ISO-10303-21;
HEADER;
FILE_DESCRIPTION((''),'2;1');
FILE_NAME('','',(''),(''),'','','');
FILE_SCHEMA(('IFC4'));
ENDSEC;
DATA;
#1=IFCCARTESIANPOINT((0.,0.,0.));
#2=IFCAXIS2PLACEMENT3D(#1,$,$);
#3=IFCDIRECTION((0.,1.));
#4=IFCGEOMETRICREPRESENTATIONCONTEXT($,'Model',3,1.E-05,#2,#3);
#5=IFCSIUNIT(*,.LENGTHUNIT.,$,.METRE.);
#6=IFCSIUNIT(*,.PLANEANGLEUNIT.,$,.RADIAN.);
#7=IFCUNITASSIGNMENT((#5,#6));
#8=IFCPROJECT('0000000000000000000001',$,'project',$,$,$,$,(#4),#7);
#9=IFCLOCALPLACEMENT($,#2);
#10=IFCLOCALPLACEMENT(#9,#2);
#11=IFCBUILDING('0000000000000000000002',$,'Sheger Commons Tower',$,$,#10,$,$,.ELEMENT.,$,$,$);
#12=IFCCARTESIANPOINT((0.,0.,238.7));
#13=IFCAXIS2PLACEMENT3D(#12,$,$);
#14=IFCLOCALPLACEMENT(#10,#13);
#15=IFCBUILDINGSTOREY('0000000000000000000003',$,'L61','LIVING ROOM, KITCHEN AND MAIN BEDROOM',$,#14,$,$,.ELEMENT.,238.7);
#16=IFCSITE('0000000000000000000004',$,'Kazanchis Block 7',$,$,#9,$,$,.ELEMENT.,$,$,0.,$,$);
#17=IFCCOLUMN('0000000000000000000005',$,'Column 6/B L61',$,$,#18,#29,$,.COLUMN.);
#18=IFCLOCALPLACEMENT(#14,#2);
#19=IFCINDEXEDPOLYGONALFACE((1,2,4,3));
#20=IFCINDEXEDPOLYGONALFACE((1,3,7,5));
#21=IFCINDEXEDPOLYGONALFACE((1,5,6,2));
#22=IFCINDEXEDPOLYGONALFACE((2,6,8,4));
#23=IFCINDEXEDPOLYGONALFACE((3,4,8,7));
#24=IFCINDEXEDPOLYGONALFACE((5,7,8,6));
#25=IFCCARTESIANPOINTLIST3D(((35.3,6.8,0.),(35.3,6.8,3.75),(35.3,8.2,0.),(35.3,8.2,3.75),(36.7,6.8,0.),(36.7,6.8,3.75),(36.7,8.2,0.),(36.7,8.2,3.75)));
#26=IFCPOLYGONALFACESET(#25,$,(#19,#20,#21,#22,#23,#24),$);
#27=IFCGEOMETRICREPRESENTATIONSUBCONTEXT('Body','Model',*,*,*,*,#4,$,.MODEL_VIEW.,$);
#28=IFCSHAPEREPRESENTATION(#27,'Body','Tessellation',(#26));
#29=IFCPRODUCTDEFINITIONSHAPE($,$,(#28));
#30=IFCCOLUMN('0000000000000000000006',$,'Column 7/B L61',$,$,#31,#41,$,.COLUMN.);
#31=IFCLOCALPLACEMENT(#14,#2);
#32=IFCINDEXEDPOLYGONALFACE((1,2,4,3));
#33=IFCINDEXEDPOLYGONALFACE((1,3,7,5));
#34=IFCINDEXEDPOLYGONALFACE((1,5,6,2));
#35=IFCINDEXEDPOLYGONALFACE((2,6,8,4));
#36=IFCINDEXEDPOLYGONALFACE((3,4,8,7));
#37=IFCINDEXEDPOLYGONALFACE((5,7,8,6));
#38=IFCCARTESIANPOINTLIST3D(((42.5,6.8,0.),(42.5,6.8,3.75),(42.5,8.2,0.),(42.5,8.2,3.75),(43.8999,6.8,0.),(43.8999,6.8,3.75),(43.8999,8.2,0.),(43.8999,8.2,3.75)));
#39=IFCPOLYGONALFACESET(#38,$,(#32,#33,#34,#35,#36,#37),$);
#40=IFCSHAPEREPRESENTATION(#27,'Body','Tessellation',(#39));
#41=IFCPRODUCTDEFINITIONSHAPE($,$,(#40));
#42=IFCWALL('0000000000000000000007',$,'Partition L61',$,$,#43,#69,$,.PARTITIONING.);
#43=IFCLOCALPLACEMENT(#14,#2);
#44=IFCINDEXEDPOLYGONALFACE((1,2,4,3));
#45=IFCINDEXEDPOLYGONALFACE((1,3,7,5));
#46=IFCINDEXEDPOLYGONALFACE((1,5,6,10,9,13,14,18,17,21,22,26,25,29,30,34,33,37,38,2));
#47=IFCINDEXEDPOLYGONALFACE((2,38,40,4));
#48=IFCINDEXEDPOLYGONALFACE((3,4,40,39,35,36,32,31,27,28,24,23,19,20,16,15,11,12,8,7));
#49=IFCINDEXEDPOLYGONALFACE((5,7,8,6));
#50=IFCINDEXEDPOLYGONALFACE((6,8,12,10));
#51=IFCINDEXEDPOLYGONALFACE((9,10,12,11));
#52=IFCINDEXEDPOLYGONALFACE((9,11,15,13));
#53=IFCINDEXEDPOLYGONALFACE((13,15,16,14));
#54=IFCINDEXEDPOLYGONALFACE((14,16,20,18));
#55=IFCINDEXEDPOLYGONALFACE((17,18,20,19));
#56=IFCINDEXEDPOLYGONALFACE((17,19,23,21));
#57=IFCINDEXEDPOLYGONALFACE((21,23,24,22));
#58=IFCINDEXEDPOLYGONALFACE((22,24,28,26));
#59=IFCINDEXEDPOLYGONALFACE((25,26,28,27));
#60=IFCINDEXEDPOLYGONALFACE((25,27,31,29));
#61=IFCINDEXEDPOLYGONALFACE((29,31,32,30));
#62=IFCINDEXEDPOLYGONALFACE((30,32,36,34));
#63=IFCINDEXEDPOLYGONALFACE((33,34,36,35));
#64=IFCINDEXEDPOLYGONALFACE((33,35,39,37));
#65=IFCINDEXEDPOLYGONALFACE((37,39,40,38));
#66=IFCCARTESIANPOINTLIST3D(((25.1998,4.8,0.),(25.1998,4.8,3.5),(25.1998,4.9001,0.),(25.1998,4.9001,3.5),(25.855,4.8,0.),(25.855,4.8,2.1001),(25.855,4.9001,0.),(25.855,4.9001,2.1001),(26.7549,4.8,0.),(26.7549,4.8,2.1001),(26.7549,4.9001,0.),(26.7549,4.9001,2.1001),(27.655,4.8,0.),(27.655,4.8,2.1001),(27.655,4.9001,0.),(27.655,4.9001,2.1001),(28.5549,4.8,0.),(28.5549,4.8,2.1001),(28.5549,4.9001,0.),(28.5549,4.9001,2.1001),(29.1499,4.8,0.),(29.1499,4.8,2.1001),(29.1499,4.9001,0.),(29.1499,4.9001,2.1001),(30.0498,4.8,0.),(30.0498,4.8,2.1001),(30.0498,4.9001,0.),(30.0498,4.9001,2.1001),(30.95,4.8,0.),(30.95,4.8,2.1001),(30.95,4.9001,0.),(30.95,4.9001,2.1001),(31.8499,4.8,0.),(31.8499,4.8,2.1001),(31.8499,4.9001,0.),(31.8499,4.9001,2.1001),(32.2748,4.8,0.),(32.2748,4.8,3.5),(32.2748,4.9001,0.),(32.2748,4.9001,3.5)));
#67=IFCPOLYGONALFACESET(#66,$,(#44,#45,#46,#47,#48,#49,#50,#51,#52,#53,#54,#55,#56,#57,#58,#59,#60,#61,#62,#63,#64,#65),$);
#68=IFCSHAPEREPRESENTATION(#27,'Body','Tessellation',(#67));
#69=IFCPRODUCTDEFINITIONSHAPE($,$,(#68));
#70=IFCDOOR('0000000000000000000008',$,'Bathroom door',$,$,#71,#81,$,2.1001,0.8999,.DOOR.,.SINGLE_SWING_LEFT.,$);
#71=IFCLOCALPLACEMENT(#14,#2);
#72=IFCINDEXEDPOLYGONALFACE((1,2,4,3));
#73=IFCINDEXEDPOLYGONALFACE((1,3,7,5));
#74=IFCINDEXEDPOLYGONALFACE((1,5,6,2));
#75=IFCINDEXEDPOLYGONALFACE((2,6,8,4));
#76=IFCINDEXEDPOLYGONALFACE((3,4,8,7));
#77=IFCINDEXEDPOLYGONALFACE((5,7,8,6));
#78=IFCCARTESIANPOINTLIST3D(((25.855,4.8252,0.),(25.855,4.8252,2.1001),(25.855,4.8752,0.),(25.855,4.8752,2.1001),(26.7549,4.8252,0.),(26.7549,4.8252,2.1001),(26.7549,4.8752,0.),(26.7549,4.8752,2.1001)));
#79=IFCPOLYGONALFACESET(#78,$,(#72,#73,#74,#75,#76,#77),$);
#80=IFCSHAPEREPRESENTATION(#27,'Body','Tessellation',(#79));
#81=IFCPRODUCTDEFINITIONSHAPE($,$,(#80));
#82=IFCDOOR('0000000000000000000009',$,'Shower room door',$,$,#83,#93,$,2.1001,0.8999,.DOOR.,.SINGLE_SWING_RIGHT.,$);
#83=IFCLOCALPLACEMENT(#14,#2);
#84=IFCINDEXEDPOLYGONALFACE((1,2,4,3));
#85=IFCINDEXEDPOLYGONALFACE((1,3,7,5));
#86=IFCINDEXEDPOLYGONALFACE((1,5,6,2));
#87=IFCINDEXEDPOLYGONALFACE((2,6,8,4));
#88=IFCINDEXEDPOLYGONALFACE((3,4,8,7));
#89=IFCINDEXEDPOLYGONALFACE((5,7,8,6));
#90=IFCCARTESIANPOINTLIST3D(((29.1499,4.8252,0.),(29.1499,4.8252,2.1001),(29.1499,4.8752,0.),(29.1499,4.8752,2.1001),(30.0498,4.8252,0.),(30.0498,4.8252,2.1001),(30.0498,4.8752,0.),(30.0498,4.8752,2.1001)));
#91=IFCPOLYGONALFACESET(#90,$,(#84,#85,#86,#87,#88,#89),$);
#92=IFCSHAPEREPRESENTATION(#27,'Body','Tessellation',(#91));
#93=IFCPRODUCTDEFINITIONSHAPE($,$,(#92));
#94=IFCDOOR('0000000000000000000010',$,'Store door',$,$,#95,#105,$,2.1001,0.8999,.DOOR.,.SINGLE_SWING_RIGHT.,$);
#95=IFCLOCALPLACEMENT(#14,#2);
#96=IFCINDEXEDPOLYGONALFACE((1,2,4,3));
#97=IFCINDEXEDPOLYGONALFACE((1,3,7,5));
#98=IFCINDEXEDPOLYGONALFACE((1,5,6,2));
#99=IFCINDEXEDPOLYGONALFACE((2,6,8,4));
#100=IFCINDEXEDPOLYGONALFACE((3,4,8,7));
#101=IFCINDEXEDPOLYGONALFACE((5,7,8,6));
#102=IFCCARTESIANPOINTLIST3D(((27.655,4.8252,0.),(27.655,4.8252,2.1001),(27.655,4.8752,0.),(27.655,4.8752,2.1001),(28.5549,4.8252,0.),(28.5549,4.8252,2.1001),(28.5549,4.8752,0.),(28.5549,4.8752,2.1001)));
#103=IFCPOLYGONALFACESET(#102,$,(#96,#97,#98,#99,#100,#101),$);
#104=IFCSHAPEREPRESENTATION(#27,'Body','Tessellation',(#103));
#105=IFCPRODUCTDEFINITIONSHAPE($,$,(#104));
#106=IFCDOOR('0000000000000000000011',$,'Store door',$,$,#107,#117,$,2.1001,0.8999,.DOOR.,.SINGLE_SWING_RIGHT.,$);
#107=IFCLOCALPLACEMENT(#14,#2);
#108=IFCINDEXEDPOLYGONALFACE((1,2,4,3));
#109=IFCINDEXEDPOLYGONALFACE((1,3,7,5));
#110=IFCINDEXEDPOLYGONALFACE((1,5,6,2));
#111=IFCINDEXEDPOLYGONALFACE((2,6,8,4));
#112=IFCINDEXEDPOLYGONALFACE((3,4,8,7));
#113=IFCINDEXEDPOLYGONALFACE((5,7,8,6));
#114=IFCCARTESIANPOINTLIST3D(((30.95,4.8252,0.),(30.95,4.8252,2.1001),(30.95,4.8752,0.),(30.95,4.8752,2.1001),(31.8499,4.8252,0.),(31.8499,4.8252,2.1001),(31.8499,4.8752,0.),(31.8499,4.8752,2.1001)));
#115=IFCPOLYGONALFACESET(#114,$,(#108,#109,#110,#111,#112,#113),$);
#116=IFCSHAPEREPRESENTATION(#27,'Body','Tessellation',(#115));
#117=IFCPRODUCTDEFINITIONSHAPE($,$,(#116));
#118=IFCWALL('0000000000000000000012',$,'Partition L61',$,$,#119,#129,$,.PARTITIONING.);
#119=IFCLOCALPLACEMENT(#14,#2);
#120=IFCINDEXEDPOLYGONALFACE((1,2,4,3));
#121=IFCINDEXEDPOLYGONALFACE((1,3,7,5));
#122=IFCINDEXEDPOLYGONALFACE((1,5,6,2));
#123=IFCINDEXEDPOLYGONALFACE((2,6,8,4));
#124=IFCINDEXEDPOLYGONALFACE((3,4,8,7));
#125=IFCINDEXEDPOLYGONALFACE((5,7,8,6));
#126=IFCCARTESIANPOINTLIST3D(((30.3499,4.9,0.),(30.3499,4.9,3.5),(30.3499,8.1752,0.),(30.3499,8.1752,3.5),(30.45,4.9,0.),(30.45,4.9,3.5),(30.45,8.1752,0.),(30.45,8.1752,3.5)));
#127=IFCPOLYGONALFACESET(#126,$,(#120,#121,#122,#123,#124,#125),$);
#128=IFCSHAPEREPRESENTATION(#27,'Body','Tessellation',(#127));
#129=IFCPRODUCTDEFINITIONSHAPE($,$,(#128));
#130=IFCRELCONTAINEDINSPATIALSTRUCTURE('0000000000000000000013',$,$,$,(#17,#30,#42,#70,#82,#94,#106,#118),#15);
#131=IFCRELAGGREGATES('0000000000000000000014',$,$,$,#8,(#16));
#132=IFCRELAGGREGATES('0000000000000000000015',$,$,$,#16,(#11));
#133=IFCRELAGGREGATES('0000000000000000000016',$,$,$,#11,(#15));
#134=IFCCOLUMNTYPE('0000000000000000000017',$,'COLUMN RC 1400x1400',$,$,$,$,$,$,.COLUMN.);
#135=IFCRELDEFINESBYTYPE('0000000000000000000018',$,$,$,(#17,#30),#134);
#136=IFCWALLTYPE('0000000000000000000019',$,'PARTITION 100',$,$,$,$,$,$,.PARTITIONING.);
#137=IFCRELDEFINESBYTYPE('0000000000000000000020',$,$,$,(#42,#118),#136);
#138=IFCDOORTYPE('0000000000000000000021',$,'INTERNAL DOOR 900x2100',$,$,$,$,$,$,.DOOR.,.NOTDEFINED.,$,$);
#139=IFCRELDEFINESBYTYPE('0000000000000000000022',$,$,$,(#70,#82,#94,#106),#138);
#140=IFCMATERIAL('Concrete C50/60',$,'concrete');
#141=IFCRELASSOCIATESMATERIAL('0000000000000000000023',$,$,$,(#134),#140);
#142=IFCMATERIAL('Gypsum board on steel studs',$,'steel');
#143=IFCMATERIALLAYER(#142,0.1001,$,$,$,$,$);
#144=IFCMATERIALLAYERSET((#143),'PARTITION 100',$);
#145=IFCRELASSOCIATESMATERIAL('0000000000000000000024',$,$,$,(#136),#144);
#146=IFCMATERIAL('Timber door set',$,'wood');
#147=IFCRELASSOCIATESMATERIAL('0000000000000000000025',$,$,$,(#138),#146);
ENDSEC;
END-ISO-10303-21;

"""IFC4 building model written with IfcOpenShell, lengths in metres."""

from ifc_helpers import new_model, si_unit, direction, frame, frame_2d, origin, origin_2d, place, context, subcontext, project, spatial, rectangle, extrude, material, layer, layer_set, material_profile, profile_set, type_object, element, fill, save


model = new_model("IFC4")

# Units and contexts
model_context = context("Model", 3, precision=1e-05, world=origin(), true_north=direction((0.0, 1.0)))
body_context = subcontext(model_context, "Body", "Model", "MODEL_VIEW")
ifc_project = project(units=[si_unit("LENGTHUNIT", "METRE"), si_unit("PLANEANGLEUNIT", "RADIAN")], contexts=[model_context])

# Site, building, storey
site_placement = place(None, origin())
site = spatial("IfcSite", under=ifc_project, at=site_placement, Name="Kazanchis Block 7", CompositionType="ELEMENT", RefElevation=0.0)
building_placement = place(site_placement, origin())
building = spatial("IfcBuilding", under=site, at=building_placement, Name="Sheger Commons Tower", CompositionType="ELEMENT")
storey_placement = place(building_placement, frame((0.0, 0.0, 238.7)))
storey = spatial("IfcBuildingStorey", under=building, at=storey_placement, Name="L61", Description="LIVING ROOM, KITCHEN AND MAIN BEDROOM", CompositionType="ELEMENT", Elevation=238.7)

# Columns
ifc_material_1 = material(Name="Concrete C50/60", Category="concrete")
ifc_material_profile = material_profile(ifc_material_1, rectangle(XDim=1.3999, YDim=1.3999, at=origin_2d()), Name="RC 1400x1400")
ifc_profile_set = profile_set([ifc_material_profile], Name="Concrete C50/60")
column_type = type_object("IfcColumnType", Name="COLUMN RC 1400x1400", PredefinedType="COLUMN", material=ifc_profile_set)
for number, where, z_axis, x_axis, name in (
    (1, (36.0, 7.5, 0.0), (0.0, 0.0, 1.0), (1.0, 0.0, 0.0), "Column 6/B L61"),
    (2, (43.2, 7.5, 0.0), (0.0, 0.0, 1.0), (1.0, 0.0, 0.0), "Column 7/B L61"),
):
    element("IfcColumn", number, at=place(storey_placement, frame(where, z_axis=z_axis, x_axis=x_axis)), inside=storey, type_object=column_type, Name=name, PredefinedType="COLUMN", context=body_context, shape_type="SweptSolid", body=[
        extrude(rectangle(XDim=1.3999, YDim=1.3999, at=origin_2d()), origin(), (0.0, 0.0, 1.0), 3.75),
    ])

# Wall, openings, doors
ifc_material_2 = material(Name="Gypsum board on steel studs", Category="steel")
ifc_layer = layer(ifc_material_2, 0.1001)
ifc_layer_set = layer_set([ifc_layer], Name="PARTITION 100")
wall_type = type_object("IfcWallType", Name="PARTITION 100", PredefinedType="PARTITIONING", material=ifc_layer_set)
wall_1_placement = place(storey_placement, frame((32.2749, 4.8501, 0.0), z_axis=(0.0, 0.0, 1.0), x_axis=(-1.0, 0.0, 0.0)))
wall_1 = element("IfcWall", 3, at=wall_1_placement, inside=storey, type_object=wall_type, Name="Partition L61", PredefinedType="PARTITIONING", context=body_context, shape_type="SweptSolid", body=[
    extrude(rectangle(XDim=7.075, YDim=0.1001, at=frame_2d((3.5376, 0.0))), origin(), (0.0, 0.0, 1.0), 3.5),
])
opening_1_placement = place(wall_1_placement, frame((5.52, 0.0, 0.0)))
opening_1 = element("IfcOpeningElement", 4, at=opening_1_placement, cuts=wall_1, PredefinedType="OPENING", context=body_context, shape_type="SweptSolid", body=[
    extrude(rectangle(XDim=0.8999, YDim=2.1001, at=frame_2d((0.45, 1.05))), frame((0.0, 0.0601, 0.0), z_axis=(0.0, -1.0, 0.0), x_axis=(1.0, 0.0, 0.0)), (0.0, 0.0, 1.0), 0.1201),
])
opening_2_placement = place(wall_1_placement, frame((2.2251, 0.0, 0.0)))
opening_2 = element("IfcOpeningElement", 5, at=opening_2_placement, cuts=wall_1, PredefinedType="OPENING", context=body_context, shape_type="SweptSolid", body=[
    extrude(rectangle(XDim=0.8999, YDim=2.1001, at=frame_2d((0.45, 1.05))), frame((0.0, 0.0601, 0.0), z_axis=(0.0, -1.0, 0.0), x_axis=(1.0, 0.0, 0.0)), (0.0, 0.0, 1.0), 0.1201),
])
opening_3_placement = place(wall_1_placement, frame((3.72, 0.0, 0.0)))
opening_3 = element("IfcOpeningElement", 6, at=opening_3_placement, cuts=wall_1, PredefinedType="OPENING", context=body_context, shape_type="SweptSolid", body=[
    extrude(rectangle(XDim=0.8999, YDim=2.1001, at=frame_2d((0.45, 1.05))), frame((0.0, 0.0601, 0.0), z_axis=(0.0, -1.0, 0.0), x_axis=(1.0, 0.0, 0.0)), (0.0, 0.0, 1.0), 0.1201),
])
opening_4_placement = place(wall_1_placement, frame((0.425, 0.0, 0.0)))
opening_4 = element("IfcOpeningElement", 7, at=opening_4_placement, cuts=wall_1, PredefinedType="OPENING", context=body_context, shape_type="SweptSolid", body=[
    extrude(rectangle(XDim=0.8999, YDim=2.1001, at=frame_2d((0.45, 1.05))), frame((0.0, 0.0601, 0.0), z_axis=(0.0, -1.0, 0.0), x_axis=(1.0, 0.0, 0.0)), (0.0, 0.0, 1.0), 0.1201),
])
ifc_material_3 = material(Name="Timber door set", Category="wood")
door_type = type_object("IfcDoorType", Name="INTERNAL DOOR 900x2100", OperationType="NOTDEFINED", PredefinedType="DOOR", material=ifc_material_3)
door_1_placement = place(opening_1_placement, origin())
door_1 = element("IfcDoor", 8, at=door_1_placement, inside=storey, type_object=door_type, Name="Bathroom door", OperationType="SINGLE_SWING_LEFT", OverallHeight=2.1001, OverallWidth=0.8999, PredefinedType="DOOR", context=body_context, shape_type="SweptSolid", body=[
    extrude(rectangle(XDim=0.8999, YDim=2.1001, at=frame_2d((0.45, 1.05))), frame((0.0, 0.0249, 0.0), z_axis=(0.0, -1.0, 0.0), x_axis=(1.0, 0.0, 0.0)), (0.0, 0.0, 1.0), 0.05),
])
fill(opening_1, door_1)
door_2_placement = place(opening_2_placement, origin())
door_2 = element("IfcDoor", 9, at=door_2_placement, inside=storey, type_object=door_type, Name="Shower room door", OperationType="SINGLE_SWING_RIGHT", OverallHeight=2.1001, OverallWidth=0.8999, PredefinedType="DOOR", context=body_context, shape_type="SweptSolid", body=[
    extrude(rectangle(XDim=0.8999, YDim=2.1001, at=frame_2d((0.45, 1.05))), frame((0.0, 0.0249, 0.0), z_axis=(0.0, -1.0, 0.0), x_axis=(1.0, 0.0, 0.0)), (0.0, 0.0, 1.0), 0.05),
])
fill(opening_2, door_2)
door_3_placement = place(opening_3_placement, origin())
door_3 = element("IfcDoor", 10, at=door_3_placement, inside=storey, type_object=door_type, Name="Store door", OperationType="SINGLE_SWING_RIGHT", OverallHeight=2.1001, OverallWidth=0.8999, PredefinedType="DOOR", context=body_context, shape_type="SweptSolid", body=[
    extrude(rectangle(XDim=0.8999, YDim=2.1001, at=frame_2d((0.45, 1.05))), frame((0.0, 0.0249, 0.0), z_axis=(0.0, -1.0, 0.0), x_axis=(1.0, 0.0, 0.0)), (0.0, 0.0, 1.0), 0.05),
])
fill(opening_3, door_3)
door_4_placement = place(opening_4_placement, origin())
door_4 = element("IfcDoor", 11, at=door_4_placement, inside=storey, type_object=door_type, Name="Store door", OperationType="SINGLE_SWING_RIGHT", OverallHeight=2.1001, OverallWidth=0.8999, PredefinedType="DOOR", context=body_context, shape_type="SweptSolid", body=[
    extrude(rectangle(XDim=0.8999, YDim=2.1001, at=frame_2d((0.45, 1.05))), frame((0.0, 0.0249, 0.0), z_axis=(0.0, -1.0, 0.0), x_axis=(1.0, 0.0, 0.0)), (0.0, 0.0, 1.0), 0.05),
])
fill(opening_4, door_4)

# Wall
wall_2_placement = place(storey_placement, frame((30.3999, 4.8999, 0.0), z_axis=(0.0, 0.0, 1.0), x_axis=(0.0, 1.0, 0.0)))
element("IfcWall", 12, at=wall_2_placement, inside=storey, type_object=wall_type, Name="Partition L61", PredefinedType="PARTITIONING", context=body_context, shape_type="SweptSolid", body=[
    extrude(rectangle(XDim=3.2751, YDim=0.1001, at=frame_2d((1.6377, 0.0))), origin(), (0.0, 0.0, 1.0), 3.5),
])

save(model, "model.ifc")
